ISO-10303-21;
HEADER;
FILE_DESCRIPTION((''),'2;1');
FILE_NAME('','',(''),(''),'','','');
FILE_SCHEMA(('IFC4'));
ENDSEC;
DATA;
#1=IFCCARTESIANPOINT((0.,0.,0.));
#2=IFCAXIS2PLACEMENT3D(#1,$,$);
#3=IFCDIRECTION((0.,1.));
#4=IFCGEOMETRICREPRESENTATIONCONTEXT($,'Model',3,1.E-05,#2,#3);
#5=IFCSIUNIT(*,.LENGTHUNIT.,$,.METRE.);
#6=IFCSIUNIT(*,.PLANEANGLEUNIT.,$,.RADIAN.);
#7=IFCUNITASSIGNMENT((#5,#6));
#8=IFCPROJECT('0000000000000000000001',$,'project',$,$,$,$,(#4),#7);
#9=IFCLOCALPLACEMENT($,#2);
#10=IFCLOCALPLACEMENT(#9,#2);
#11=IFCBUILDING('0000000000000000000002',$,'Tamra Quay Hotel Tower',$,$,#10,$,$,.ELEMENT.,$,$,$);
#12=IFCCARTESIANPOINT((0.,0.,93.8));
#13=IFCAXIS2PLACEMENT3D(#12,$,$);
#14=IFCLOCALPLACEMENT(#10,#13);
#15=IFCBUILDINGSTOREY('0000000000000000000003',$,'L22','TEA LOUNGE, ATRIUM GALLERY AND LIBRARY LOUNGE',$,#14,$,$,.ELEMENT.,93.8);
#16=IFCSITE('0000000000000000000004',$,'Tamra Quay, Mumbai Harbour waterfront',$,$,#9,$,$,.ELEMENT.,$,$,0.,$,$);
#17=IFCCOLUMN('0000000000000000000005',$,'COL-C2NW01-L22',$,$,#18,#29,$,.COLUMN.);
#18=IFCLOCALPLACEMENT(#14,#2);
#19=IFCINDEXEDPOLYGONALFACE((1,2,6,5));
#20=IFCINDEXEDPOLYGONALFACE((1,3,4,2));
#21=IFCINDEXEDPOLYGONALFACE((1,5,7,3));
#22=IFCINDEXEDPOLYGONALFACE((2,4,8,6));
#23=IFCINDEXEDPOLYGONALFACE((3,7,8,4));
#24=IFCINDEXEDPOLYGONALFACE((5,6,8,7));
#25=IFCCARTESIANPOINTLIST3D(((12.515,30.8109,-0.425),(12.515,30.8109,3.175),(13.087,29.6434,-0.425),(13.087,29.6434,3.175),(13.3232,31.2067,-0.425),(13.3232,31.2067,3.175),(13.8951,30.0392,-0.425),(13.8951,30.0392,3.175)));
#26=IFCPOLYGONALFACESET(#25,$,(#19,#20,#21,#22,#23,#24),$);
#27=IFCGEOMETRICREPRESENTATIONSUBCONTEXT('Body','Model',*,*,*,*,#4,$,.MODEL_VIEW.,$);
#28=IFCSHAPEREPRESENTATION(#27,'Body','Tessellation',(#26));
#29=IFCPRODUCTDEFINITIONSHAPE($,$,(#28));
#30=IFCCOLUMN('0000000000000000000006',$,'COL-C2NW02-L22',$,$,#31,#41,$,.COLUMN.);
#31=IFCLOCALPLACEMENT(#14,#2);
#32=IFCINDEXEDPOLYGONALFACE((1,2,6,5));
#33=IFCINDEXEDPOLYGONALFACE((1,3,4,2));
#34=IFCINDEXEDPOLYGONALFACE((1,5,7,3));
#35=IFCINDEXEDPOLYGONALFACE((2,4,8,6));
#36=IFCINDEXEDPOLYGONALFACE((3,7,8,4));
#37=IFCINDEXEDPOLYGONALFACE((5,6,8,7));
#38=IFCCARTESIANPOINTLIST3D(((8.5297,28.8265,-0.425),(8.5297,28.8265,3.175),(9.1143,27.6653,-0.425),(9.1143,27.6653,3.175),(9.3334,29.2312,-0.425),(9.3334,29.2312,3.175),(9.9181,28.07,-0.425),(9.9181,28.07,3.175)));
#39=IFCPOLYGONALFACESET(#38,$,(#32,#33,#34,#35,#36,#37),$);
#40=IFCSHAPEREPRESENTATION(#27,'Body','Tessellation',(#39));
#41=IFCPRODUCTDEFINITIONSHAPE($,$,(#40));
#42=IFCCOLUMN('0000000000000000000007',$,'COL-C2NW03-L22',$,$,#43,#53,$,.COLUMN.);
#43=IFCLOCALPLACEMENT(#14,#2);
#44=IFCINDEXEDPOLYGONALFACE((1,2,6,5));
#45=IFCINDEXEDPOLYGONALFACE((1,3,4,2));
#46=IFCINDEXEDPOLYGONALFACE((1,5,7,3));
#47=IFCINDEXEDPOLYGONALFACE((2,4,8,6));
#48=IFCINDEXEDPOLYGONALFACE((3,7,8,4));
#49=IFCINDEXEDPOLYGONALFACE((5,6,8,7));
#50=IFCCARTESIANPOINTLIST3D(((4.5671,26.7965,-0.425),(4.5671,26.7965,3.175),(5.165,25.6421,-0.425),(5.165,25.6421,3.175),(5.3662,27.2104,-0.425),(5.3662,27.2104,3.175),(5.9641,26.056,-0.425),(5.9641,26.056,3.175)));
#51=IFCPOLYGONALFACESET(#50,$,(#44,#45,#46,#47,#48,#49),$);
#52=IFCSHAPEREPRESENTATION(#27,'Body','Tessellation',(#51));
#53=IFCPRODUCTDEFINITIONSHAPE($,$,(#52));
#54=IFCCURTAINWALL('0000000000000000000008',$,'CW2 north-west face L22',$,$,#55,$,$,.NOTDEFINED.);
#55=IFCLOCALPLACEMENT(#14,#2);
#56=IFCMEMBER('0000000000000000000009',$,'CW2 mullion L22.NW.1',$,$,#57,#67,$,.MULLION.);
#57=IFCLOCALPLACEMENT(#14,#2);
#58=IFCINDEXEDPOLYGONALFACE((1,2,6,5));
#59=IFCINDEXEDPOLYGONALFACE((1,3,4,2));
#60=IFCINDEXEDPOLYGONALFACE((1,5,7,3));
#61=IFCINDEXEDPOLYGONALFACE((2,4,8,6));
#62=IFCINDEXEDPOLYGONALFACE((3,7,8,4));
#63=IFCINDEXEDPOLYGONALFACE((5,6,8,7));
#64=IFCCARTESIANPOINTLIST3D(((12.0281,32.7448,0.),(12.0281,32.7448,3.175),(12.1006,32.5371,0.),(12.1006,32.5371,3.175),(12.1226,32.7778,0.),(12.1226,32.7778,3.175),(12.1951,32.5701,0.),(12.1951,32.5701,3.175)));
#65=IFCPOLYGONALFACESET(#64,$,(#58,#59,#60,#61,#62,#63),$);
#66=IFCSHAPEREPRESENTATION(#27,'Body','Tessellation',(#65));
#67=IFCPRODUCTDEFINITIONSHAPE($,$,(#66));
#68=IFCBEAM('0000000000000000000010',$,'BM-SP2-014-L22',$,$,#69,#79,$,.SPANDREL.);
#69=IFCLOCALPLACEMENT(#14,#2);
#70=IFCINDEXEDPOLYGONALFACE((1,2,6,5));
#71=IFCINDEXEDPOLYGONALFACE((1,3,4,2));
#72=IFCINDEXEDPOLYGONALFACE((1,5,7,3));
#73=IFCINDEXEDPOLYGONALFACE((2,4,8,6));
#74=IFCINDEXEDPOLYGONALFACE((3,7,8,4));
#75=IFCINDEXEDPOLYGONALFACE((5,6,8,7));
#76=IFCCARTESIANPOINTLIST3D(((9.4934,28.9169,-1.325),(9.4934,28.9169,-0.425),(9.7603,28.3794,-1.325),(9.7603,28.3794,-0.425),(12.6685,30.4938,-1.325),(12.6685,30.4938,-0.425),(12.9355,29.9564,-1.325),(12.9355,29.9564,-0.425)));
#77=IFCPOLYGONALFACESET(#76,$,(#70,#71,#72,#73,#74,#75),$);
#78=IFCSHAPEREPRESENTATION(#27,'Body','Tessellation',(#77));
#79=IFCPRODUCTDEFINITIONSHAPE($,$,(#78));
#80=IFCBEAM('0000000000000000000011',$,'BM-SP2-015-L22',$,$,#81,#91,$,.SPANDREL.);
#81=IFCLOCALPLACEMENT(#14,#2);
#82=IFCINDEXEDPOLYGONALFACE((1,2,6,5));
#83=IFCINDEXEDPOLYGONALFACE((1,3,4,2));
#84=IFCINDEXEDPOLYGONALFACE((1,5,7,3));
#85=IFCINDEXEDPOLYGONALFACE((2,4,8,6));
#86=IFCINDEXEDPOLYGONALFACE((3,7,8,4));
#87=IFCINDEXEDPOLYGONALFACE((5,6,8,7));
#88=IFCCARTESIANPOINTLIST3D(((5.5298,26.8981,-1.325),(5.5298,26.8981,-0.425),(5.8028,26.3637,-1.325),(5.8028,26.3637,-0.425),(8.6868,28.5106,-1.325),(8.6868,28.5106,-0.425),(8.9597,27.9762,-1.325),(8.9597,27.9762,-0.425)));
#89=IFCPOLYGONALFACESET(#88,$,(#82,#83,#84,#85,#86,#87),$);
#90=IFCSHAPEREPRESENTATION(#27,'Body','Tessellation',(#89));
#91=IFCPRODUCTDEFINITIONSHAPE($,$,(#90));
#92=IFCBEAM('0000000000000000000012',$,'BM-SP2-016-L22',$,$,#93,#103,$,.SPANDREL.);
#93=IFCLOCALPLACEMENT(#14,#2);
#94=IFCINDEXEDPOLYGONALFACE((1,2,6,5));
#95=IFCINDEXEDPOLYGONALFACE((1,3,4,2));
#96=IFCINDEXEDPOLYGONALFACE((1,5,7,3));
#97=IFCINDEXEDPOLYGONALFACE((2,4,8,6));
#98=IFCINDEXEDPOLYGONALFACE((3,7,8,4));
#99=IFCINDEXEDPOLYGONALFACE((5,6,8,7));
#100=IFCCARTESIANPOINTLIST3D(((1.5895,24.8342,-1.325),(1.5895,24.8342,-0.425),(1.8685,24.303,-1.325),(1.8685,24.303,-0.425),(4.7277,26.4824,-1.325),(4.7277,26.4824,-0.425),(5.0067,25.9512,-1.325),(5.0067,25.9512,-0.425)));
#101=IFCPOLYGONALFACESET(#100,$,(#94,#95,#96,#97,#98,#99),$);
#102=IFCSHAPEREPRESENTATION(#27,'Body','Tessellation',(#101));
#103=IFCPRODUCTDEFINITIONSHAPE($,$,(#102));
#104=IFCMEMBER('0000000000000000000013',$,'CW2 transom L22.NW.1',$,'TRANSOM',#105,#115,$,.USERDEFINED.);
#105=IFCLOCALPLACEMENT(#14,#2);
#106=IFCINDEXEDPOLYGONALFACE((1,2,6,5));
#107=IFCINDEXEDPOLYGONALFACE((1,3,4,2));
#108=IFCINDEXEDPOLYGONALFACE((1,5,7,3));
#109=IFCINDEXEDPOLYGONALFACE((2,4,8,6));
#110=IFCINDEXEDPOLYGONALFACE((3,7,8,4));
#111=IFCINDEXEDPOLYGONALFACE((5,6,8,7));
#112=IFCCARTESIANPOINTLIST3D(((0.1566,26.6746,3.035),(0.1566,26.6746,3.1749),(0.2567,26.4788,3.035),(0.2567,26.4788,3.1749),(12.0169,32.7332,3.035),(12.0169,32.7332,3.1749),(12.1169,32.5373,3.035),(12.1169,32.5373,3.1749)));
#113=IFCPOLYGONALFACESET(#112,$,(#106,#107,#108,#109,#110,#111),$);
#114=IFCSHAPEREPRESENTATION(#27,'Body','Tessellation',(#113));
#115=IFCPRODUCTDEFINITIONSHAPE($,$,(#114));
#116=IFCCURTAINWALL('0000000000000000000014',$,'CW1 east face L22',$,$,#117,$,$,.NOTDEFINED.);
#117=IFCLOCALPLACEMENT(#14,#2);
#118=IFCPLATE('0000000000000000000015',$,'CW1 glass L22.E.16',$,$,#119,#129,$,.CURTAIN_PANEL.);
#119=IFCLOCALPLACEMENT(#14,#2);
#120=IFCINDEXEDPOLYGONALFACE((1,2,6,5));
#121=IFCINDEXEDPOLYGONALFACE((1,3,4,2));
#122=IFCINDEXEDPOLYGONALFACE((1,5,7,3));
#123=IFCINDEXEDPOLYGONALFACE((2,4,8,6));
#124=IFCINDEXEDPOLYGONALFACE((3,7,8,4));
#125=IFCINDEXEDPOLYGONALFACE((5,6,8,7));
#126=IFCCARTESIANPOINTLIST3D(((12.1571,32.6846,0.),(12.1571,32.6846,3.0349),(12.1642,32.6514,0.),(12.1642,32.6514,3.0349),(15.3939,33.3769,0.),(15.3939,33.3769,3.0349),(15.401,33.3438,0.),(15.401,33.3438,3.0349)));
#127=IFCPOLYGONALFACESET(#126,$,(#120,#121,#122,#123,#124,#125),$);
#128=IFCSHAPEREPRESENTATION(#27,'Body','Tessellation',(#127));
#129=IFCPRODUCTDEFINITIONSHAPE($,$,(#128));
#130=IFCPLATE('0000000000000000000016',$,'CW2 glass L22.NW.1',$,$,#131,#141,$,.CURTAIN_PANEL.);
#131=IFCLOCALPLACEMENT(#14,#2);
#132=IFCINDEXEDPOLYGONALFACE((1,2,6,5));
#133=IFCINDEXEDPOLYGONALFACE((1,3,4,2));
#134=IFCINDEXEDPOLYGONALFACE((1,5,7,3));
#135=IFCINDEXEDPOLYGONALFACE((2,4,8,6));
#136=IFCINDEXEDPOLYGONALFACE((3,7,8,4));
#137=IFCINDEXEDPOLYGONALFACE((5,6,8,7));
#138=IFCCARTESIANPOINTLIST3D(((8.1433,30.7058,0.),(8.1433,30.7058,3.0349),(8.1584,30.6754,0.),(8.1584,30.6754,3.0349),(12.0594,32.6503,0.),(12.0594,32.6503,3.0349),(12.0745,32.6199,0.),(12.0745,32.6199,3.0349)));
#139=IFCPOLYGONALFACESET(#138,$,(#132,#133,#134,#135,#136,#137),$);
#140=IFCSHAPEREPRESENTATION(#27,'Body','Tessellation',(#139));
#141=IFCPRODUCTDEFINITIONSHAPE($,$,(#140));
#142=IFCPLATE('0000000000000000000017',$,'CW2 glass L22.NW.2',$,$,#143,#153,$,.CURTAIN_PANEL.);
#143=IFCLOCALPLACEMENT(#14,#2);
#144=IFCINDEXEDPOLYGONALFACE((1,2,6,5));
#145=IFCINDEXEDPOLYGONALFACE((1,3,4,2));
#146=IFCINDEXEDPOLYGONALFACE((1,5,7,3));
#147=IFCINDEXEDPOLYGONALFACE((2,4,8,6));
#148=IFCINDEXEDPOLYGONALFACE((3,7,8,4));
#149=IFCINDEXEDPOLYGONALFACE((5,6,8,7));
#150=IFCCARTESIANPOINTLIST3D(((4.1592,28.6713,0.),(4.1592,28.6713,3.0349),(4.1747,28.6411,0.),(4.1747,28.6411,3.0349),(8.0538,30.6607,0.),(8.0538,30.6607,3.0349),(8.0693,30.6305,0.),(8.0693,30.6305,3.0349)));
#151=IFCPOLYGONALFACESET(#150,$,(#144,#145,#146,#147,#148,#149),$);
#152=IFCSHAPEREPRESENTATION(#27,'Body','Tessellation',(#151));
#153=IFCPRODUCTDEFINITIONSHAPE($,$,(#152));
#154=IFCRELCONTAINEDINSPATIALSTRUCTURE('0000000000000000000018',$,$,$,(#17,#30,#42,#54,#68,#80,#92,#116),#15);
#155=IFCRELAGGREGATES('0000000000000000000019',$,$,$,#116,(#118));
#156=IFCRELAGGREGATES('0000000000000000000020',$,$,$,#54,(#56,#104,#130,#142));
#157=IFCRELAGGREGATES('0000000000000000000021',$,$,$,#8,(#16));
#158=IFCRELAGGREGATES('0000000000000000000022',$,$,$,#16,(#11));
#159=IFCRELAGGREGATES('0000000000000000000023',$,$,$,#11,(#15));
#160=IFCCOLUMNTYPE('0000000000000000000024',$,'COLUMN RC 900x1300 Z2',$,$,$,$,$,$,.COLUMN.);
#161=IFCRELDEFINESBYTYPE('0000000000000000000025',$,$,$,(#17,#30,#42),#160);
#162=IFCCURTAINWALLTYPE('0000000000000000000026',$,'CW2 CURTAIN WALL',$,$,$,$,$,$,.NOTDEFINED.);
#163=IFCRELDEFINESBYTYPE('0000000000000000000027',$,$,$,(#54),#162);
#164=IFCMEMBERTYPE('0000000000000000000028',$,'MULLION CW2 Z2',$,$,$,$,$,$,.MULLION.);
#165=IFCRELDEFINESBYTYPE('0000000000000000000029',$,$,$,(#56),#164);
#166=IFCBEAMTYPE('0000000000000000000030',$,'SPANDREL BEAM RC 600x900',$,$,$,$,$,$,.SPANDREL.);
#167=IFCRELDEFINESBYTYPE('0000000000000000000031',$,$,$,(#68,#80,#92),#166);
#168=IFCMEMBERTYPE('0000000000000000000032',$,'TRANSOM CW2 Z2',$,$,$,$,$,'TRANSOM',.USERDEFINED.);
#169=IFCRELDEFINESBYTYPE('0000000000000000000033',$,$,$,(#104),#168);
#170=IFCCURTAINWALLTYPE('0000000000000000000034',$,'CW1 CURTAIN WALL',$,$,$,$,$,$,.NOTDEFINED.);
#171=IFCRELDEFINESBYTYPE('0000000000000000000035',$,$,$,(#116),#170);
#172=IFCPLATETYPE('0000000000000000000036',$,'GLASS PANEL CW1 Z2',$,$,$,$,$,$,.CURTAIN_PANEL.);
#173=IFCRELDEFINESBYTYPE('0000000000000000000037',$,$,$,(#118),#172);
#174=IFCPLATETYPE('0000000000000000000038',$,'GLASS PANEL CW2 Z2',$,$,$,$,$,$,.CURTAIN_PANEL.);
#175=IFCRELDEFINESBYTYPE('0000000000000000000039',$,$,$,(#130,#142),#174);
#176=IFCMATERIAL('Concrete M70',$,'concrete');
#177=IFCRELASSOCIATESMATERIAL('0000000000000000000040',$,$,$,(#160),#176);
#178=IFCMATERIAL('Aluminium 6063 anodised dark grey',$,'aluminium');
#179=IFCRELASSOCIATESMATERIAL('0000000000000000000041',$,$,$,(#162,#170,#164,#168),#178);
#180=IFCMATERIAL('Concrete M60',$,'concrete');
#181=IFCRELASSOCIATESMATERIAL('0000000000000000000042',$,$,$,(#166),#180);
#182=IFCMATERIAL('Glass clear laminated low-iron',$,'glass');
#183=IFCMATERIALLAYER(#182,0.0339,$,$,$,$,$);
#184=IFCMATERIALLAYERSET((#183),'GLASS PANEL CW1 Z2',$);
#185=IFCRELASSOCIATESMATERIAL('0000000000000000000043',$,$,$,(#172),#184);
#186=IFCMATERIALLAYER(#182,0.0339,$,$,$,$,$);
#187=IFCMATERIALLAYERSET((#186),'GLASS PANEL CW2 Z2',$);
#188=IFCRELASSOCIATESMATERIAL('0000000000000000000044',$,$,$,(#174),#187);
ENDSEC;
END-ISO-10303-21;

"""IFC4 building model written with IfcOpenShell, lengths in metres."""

from ifc_helpers import new_model, si_unit, direction, frame, origin, origin_2d, place, context, subcontext, project, spatial, rectangle, extrude, material, layer, layer_set, material_profile, profile_set, type_object, element, aggregate, save


model = new_model("IFC4")

# Units and contexts
model_context = context("Model", 3, precision=1e-05, world=origin(), true_north=direction((0.0, 1.0)))
body_context = subcontext(model_context, "Body", "Model", "MODEL_VIEW")
ifc_project = project(units=[si_unit("LENGTHUNIT", "METRE"), si_unit("PLANEANGLEUNIT", "RADIAN")], contexts=[model_context])

# Site, building, storey
site_placement = place(None, origin())
site = spatial("IfcSite", under=ifc_project, at=site_placement, Name="Tamra Quay, Mumbai Harbour waterfront", CompositionType="ELEMENT", RefElevation=0.0)
building_placement = place(site_placement, origin())
building = spatial("IfcBuilding", under=site, at=building_placement, Name="Tamra Quay Hotel Tower", CompositionType="ELEMENT")
storey_placement = place(building_placement, frame((0.0, 0.0, 93.8)))
storey = spatial("IfcBuildingStorey", under=building, at=storey_placement, Name="L22", Description="TEA LOUNGE, ATRIUM GALLERY AND LIBRARY LOUNGE", CompositionType="ELEMENT", Elevation=93.8)

# Columns
ifc_material_1 = material(Name="Concrete M70", Category="concrete")
ifc_material_profile_1 = material_profile(ifc_material_1, rectangle(XDim=1.3, YDim=0.8999, at=origin_2d()), Name="COLUMN RC 900x1300 Z2")
ifc_profile_set_1 = profile_set([ifc_material_profile_1], Name="Concrete M70")
column_type = type_object("IfcColumnType", Name="COLUMN RC 900x1300 Z2", PredefinedType="COLUMN", material=ifc_profile_set_1)
for number, where, z_axis, x_axis, name in (
    (1, (13.2051, 30.425, -0.425), (0.0, 0.0, 1.0), (-0.439916, 0.898039, 0.0), "COL-C2NW01-L22"),
    (2, (9.2239, 28.4482, -0.425), (0.0, 0.0, 1.0), (-0.449727, 0.893166, 0.0), "COL-C2NW02-L22"),
    (3, (5.2656, 26.4263, -0.425), (0.0, 0.0, 1.0), (-0.45989, 0.887976, 0.0), "COL-C2NW03-L22"),
):
    element("IfcColumn", number, at=place(storey_placement, frame(where, z_axis=z_axis, x_axis=x_axis)), inside=storey, type_object=column_type, Name=name, PredefinedType="COLUMN", context=body_context, shape_type="SweptSolid", body=[
        extrude(rectangle(XDim=1.3, YDim=0.8999, at=origin_2d()), origin(), (0.0, 0.0, 1.0), 3.6001),
    ])

# Curtain wall, member
ifc_material_2 = material(Name="Aluminium 6063 anodised dark grey", Category="aluminium")
curtain_wall_type_1 = type_object("IfcCurtainWallType", Name="CW2 CURTAIN WALL", PredefinedType="NOTDEFINED", material=ifc_material_2)
curtain_wall_1_placement = place(storey_placement, origin())
curtain_wall_1 = element("IfcCurtainWall", 4, at=curtain_wall_1_placement, inside=storey, type_object=curtain_wall_type_1, Name="CW2 north-west face L22", PredefinedType="NOTDEFINED")
ifc_material_profile_2 = material_profile(ifc_material_2, rectangle(XDim=0.22, YDim=0.1001, at=origin_2d()), Name="MULLION 100X220")
ifc_profile_set_2 = profile_set([ifc_material_profile_2], Name="Aluminium 6063 anodised dark grey")
member_type_1 = type_object("IfcMemberType", Name="MULLION CW2 Z2", PredefinedType="MULLION", material=ifc_profile_set_2)
member_1_placement = place(storey_placement, frame((12.1116, 32.6575, 0.0), z_axis=(0.0, 0.0, 1.0), x_axis=(-0.329532, 0.944144, 0.0)))
member_1 = element("IfcMember", 5, at=member_1_placement, type_object=member_type_1, Name="CW2 mullion L22.NW.1", PredefinedType="MULLION", context=body_context, shape_type="SweptSolid", body=[
    extrude(rectangle(XDim=0.22, YDim=0.1001, at=origin_2d()), origin(), (0.0, 0.0, 1.0), 3.175),
])

# Beams
ifc_material_3 = material(Name="Concrete M60", Category="concrete")
ifc_material_profile_3 = material_profile(ifc_material_3, rectangle(XDim=0.6001, YDim=0.8999, at=origin_2d()), Name="SPANDREL BEAM RC 600x900")
ifc_profile_set_3 = profile_set([ifc_material_profile_3], Name="Concrete M60")
beam_type = type_object("IfcBeamType", Name="SPANDREL BEAM RC 600x900", PredefinedType="SPANDREL", material=ifc_profile_set_3)
beam_1_placement = place(storey_placement, frame((12.802, 30.2251, -0.875), z_axis=(-0.895622, -0.444815, 0.0), x_axis=(0.444815, -0.895622, 0.0)))
element("IfcBeam", 6, at=beam_1_placement, inside=storey, type_object=beam_type, Name="BM-SP2-014-L22", PredefinedType="SPANDREL", context=body_context, shape_type="SweptSolid", body=[
    extrude(rectangle(XDim=0.6001, YDim=0.8999, at=origin_2d()), origin(), (0.0, 0.0, 1.0), 3.5452),
])
beam_2_placement = place(storey_placement, frame((8.8232, 28.2434, -0.875), z_axis=(-0.890551, -0.454883, 0.0), x_axis=(0.454883, -0.890551, 0.0)))
element("IfcBeam", 7, at=beam_2_placement, inside=storey, type_object=beam_type, Name="BM-SP2-015-L22", PredefinedType="SPANDREL", context=body_context, shape_type="SweptSolid", body=[
    extrude(rectangle(XDim=0.6001, YDim=0.8999, at=origin_2d()), origin(), (0.0, 0.0, 1.0), 3.5449),
])
beam_3_placement = place(storey_placement, frame((4.8672, 26.2168, -0.875), z_axis=(-0.885323, -0.464977, 0.0), x_axis=(0.464977, -0.885323, 0.0)))
element("IfcBeam", 8, at=beam_3_placement, inside=storey, type_object=beam_type, Name="BM-SP2-016-L22", PredefinedType="SPANDREL", context=body_context, shape_type="SweptSolid", body=[
    extrude(rectangle(XDim=0.6001, YDim=0.8999, at=origin_2d()), origin(), (0.0, 0.0, 1.0), 3.5447),
])

# Member
ifc_material_profile_4 = material_profile(ifc_material_2, rectangle(XDim=0.22, YDim=0.1399, at=origin_2d()), Name="TRANSOM 220X140")
ifc_profile_set_4 = profile_set([ifc_material_profile_4], Name="Aluminium 6063 anodised dark grey")
member_type_2 = type_object("IfcMemberType", Name="TRANSOM CW2 Z2", ElementType="TRANSOM", PredefinedType="USERDEFINED", material=ifc_profile_set_4)
member_2_placement = place(storey_placement, frame((12.0669, 32.6353, 3.105), z_axis=(-0.890537, -0.454911, 0.0), x_axis=(0.454911, -0.890537, 0.0)))
member_2 = element("IfcMember", 9, at=member_2_placement, type_object=member_type_2, Name="CW2 transom L22.NW.1", ObjectType="TRANSOM", PredefinedType="USERDEFINED", context=body_context, shape_type="SweptSolid", body=[
    extrude(rectangle(XDim=0.22, YDim=0.1399, at=origin_2d()), origin(), (0.0, 0.0, 1.0), 13.3181),
])

# Curtain wall, plate
curtain_wall_type_2 = type_object("IfcCurtainWallType", Name="CW1 CURTAIN WALL", PredefinedType="NOTDEFINED", material=ifc_material_2)
curtain_wall_2_placement = place(storey_placement, origin())
curtain_wall_2 = element("IfcCurtainWall", 10, at=curtain_wall_2_placement, inside=storey, type_object=curtain_wall_type_2, Name="CW1 east face L22", PredefinedType="NOTDEFINED")
ifc_material_4 = material(Name="Glass clear laminated low-iron", Category="glass")
ifc_layer_1 = layer(ifc_material_4, 0.0339)
ifc_layer_set_1 = layer_set([ifc_layer_1], Name="GLASS PANEL CW1 Z2")
plate_type_1 = type_object("IfcPlateType", Name="GLASS PANEL CW1 Z2", PredefinedType="CURTAIN_PANEL", material=ifc_layer_set_1)
plate_1_placement = place(storey_placement, frame((13.7791, 33.0142, 0.0), z_axis=(0.0, 0.0, 1.0), x_axis=(-0.977879, -0.209172, 0.0)))
plate_1 = element("IfcPlate", 11, at=plate_1_placement, type_object=plate_type_1, Name="CW1 glass L22.E.16", PredefinedType="CURTAIN_PANEL", context=body_context, shape_type="SweptSolid", body=[
    extrude(rectangle(XDim=3.3101, YDim=0.0339, at=origin_2d()), origin(), (0.0, 0.0, 1.0), 3.0349),
])
aggregate(curtain_wall_2, [plate_1])

# Plates
ifc_layer_2 = layer(ifc_material_4, 0.0339)
ifc_layer_set_2 = layer_set([ifc_layer_2], Name="GLASS PANEL CW2 Z2")
plate_type_2 = type_object("IfcPlateType", Name="GLASS PANEL CW2 Z2", PredefinedType="CURTAIN_PANEL", material=ifc_layer_set_2)
plate_2_placement = place(storey_placement, frame((10.1089, 31.6628, 0.0), z_axis=(0.0, 0.0, 1.0), x_axis=(-0.895658, -0.444743, 0.0)))
plate_2 = element("IfcPlate", 12, at=plate_2_placement, type_object=plate_type_2, Name="CW2 glass L22.NW.1", PredefinedType="CURTAIN_PANEL", context=body_context, shape_type="SweptSolid", body=[
    extrude(rectangle(XDim=4.3723, YDim=0.0339, at=origin_2d()), origin(), (0.0, 0.0, 1.0), 3.0349),
])
plate_3_placement = place(storey_placement, frame((6.1143, 29.6509, 0.0), z_axis=(0.0, 0.0, 1.0), x_axis=(-0.890545, -0.454896, 0.0)))
plate_3 = element("IfcPlate", 13, at=plate_3_placement, type_object=plate_type_2, Name="CW2 glass L22.NW.2", PredefinedType="CURTAIN_PANEL", context=body_context, shape_type="SweptSolid", body=[
    extrude(rectangle(XDim=4.3733, YDim=0.0339, at=origin_2d()), origin(), (0.0, 0.0, 1.0), 3.0349),
])
aggregate(curtain_wall_1, [member_1, member_2, plate_2, plate_3])

save(model, "model.ifc")
